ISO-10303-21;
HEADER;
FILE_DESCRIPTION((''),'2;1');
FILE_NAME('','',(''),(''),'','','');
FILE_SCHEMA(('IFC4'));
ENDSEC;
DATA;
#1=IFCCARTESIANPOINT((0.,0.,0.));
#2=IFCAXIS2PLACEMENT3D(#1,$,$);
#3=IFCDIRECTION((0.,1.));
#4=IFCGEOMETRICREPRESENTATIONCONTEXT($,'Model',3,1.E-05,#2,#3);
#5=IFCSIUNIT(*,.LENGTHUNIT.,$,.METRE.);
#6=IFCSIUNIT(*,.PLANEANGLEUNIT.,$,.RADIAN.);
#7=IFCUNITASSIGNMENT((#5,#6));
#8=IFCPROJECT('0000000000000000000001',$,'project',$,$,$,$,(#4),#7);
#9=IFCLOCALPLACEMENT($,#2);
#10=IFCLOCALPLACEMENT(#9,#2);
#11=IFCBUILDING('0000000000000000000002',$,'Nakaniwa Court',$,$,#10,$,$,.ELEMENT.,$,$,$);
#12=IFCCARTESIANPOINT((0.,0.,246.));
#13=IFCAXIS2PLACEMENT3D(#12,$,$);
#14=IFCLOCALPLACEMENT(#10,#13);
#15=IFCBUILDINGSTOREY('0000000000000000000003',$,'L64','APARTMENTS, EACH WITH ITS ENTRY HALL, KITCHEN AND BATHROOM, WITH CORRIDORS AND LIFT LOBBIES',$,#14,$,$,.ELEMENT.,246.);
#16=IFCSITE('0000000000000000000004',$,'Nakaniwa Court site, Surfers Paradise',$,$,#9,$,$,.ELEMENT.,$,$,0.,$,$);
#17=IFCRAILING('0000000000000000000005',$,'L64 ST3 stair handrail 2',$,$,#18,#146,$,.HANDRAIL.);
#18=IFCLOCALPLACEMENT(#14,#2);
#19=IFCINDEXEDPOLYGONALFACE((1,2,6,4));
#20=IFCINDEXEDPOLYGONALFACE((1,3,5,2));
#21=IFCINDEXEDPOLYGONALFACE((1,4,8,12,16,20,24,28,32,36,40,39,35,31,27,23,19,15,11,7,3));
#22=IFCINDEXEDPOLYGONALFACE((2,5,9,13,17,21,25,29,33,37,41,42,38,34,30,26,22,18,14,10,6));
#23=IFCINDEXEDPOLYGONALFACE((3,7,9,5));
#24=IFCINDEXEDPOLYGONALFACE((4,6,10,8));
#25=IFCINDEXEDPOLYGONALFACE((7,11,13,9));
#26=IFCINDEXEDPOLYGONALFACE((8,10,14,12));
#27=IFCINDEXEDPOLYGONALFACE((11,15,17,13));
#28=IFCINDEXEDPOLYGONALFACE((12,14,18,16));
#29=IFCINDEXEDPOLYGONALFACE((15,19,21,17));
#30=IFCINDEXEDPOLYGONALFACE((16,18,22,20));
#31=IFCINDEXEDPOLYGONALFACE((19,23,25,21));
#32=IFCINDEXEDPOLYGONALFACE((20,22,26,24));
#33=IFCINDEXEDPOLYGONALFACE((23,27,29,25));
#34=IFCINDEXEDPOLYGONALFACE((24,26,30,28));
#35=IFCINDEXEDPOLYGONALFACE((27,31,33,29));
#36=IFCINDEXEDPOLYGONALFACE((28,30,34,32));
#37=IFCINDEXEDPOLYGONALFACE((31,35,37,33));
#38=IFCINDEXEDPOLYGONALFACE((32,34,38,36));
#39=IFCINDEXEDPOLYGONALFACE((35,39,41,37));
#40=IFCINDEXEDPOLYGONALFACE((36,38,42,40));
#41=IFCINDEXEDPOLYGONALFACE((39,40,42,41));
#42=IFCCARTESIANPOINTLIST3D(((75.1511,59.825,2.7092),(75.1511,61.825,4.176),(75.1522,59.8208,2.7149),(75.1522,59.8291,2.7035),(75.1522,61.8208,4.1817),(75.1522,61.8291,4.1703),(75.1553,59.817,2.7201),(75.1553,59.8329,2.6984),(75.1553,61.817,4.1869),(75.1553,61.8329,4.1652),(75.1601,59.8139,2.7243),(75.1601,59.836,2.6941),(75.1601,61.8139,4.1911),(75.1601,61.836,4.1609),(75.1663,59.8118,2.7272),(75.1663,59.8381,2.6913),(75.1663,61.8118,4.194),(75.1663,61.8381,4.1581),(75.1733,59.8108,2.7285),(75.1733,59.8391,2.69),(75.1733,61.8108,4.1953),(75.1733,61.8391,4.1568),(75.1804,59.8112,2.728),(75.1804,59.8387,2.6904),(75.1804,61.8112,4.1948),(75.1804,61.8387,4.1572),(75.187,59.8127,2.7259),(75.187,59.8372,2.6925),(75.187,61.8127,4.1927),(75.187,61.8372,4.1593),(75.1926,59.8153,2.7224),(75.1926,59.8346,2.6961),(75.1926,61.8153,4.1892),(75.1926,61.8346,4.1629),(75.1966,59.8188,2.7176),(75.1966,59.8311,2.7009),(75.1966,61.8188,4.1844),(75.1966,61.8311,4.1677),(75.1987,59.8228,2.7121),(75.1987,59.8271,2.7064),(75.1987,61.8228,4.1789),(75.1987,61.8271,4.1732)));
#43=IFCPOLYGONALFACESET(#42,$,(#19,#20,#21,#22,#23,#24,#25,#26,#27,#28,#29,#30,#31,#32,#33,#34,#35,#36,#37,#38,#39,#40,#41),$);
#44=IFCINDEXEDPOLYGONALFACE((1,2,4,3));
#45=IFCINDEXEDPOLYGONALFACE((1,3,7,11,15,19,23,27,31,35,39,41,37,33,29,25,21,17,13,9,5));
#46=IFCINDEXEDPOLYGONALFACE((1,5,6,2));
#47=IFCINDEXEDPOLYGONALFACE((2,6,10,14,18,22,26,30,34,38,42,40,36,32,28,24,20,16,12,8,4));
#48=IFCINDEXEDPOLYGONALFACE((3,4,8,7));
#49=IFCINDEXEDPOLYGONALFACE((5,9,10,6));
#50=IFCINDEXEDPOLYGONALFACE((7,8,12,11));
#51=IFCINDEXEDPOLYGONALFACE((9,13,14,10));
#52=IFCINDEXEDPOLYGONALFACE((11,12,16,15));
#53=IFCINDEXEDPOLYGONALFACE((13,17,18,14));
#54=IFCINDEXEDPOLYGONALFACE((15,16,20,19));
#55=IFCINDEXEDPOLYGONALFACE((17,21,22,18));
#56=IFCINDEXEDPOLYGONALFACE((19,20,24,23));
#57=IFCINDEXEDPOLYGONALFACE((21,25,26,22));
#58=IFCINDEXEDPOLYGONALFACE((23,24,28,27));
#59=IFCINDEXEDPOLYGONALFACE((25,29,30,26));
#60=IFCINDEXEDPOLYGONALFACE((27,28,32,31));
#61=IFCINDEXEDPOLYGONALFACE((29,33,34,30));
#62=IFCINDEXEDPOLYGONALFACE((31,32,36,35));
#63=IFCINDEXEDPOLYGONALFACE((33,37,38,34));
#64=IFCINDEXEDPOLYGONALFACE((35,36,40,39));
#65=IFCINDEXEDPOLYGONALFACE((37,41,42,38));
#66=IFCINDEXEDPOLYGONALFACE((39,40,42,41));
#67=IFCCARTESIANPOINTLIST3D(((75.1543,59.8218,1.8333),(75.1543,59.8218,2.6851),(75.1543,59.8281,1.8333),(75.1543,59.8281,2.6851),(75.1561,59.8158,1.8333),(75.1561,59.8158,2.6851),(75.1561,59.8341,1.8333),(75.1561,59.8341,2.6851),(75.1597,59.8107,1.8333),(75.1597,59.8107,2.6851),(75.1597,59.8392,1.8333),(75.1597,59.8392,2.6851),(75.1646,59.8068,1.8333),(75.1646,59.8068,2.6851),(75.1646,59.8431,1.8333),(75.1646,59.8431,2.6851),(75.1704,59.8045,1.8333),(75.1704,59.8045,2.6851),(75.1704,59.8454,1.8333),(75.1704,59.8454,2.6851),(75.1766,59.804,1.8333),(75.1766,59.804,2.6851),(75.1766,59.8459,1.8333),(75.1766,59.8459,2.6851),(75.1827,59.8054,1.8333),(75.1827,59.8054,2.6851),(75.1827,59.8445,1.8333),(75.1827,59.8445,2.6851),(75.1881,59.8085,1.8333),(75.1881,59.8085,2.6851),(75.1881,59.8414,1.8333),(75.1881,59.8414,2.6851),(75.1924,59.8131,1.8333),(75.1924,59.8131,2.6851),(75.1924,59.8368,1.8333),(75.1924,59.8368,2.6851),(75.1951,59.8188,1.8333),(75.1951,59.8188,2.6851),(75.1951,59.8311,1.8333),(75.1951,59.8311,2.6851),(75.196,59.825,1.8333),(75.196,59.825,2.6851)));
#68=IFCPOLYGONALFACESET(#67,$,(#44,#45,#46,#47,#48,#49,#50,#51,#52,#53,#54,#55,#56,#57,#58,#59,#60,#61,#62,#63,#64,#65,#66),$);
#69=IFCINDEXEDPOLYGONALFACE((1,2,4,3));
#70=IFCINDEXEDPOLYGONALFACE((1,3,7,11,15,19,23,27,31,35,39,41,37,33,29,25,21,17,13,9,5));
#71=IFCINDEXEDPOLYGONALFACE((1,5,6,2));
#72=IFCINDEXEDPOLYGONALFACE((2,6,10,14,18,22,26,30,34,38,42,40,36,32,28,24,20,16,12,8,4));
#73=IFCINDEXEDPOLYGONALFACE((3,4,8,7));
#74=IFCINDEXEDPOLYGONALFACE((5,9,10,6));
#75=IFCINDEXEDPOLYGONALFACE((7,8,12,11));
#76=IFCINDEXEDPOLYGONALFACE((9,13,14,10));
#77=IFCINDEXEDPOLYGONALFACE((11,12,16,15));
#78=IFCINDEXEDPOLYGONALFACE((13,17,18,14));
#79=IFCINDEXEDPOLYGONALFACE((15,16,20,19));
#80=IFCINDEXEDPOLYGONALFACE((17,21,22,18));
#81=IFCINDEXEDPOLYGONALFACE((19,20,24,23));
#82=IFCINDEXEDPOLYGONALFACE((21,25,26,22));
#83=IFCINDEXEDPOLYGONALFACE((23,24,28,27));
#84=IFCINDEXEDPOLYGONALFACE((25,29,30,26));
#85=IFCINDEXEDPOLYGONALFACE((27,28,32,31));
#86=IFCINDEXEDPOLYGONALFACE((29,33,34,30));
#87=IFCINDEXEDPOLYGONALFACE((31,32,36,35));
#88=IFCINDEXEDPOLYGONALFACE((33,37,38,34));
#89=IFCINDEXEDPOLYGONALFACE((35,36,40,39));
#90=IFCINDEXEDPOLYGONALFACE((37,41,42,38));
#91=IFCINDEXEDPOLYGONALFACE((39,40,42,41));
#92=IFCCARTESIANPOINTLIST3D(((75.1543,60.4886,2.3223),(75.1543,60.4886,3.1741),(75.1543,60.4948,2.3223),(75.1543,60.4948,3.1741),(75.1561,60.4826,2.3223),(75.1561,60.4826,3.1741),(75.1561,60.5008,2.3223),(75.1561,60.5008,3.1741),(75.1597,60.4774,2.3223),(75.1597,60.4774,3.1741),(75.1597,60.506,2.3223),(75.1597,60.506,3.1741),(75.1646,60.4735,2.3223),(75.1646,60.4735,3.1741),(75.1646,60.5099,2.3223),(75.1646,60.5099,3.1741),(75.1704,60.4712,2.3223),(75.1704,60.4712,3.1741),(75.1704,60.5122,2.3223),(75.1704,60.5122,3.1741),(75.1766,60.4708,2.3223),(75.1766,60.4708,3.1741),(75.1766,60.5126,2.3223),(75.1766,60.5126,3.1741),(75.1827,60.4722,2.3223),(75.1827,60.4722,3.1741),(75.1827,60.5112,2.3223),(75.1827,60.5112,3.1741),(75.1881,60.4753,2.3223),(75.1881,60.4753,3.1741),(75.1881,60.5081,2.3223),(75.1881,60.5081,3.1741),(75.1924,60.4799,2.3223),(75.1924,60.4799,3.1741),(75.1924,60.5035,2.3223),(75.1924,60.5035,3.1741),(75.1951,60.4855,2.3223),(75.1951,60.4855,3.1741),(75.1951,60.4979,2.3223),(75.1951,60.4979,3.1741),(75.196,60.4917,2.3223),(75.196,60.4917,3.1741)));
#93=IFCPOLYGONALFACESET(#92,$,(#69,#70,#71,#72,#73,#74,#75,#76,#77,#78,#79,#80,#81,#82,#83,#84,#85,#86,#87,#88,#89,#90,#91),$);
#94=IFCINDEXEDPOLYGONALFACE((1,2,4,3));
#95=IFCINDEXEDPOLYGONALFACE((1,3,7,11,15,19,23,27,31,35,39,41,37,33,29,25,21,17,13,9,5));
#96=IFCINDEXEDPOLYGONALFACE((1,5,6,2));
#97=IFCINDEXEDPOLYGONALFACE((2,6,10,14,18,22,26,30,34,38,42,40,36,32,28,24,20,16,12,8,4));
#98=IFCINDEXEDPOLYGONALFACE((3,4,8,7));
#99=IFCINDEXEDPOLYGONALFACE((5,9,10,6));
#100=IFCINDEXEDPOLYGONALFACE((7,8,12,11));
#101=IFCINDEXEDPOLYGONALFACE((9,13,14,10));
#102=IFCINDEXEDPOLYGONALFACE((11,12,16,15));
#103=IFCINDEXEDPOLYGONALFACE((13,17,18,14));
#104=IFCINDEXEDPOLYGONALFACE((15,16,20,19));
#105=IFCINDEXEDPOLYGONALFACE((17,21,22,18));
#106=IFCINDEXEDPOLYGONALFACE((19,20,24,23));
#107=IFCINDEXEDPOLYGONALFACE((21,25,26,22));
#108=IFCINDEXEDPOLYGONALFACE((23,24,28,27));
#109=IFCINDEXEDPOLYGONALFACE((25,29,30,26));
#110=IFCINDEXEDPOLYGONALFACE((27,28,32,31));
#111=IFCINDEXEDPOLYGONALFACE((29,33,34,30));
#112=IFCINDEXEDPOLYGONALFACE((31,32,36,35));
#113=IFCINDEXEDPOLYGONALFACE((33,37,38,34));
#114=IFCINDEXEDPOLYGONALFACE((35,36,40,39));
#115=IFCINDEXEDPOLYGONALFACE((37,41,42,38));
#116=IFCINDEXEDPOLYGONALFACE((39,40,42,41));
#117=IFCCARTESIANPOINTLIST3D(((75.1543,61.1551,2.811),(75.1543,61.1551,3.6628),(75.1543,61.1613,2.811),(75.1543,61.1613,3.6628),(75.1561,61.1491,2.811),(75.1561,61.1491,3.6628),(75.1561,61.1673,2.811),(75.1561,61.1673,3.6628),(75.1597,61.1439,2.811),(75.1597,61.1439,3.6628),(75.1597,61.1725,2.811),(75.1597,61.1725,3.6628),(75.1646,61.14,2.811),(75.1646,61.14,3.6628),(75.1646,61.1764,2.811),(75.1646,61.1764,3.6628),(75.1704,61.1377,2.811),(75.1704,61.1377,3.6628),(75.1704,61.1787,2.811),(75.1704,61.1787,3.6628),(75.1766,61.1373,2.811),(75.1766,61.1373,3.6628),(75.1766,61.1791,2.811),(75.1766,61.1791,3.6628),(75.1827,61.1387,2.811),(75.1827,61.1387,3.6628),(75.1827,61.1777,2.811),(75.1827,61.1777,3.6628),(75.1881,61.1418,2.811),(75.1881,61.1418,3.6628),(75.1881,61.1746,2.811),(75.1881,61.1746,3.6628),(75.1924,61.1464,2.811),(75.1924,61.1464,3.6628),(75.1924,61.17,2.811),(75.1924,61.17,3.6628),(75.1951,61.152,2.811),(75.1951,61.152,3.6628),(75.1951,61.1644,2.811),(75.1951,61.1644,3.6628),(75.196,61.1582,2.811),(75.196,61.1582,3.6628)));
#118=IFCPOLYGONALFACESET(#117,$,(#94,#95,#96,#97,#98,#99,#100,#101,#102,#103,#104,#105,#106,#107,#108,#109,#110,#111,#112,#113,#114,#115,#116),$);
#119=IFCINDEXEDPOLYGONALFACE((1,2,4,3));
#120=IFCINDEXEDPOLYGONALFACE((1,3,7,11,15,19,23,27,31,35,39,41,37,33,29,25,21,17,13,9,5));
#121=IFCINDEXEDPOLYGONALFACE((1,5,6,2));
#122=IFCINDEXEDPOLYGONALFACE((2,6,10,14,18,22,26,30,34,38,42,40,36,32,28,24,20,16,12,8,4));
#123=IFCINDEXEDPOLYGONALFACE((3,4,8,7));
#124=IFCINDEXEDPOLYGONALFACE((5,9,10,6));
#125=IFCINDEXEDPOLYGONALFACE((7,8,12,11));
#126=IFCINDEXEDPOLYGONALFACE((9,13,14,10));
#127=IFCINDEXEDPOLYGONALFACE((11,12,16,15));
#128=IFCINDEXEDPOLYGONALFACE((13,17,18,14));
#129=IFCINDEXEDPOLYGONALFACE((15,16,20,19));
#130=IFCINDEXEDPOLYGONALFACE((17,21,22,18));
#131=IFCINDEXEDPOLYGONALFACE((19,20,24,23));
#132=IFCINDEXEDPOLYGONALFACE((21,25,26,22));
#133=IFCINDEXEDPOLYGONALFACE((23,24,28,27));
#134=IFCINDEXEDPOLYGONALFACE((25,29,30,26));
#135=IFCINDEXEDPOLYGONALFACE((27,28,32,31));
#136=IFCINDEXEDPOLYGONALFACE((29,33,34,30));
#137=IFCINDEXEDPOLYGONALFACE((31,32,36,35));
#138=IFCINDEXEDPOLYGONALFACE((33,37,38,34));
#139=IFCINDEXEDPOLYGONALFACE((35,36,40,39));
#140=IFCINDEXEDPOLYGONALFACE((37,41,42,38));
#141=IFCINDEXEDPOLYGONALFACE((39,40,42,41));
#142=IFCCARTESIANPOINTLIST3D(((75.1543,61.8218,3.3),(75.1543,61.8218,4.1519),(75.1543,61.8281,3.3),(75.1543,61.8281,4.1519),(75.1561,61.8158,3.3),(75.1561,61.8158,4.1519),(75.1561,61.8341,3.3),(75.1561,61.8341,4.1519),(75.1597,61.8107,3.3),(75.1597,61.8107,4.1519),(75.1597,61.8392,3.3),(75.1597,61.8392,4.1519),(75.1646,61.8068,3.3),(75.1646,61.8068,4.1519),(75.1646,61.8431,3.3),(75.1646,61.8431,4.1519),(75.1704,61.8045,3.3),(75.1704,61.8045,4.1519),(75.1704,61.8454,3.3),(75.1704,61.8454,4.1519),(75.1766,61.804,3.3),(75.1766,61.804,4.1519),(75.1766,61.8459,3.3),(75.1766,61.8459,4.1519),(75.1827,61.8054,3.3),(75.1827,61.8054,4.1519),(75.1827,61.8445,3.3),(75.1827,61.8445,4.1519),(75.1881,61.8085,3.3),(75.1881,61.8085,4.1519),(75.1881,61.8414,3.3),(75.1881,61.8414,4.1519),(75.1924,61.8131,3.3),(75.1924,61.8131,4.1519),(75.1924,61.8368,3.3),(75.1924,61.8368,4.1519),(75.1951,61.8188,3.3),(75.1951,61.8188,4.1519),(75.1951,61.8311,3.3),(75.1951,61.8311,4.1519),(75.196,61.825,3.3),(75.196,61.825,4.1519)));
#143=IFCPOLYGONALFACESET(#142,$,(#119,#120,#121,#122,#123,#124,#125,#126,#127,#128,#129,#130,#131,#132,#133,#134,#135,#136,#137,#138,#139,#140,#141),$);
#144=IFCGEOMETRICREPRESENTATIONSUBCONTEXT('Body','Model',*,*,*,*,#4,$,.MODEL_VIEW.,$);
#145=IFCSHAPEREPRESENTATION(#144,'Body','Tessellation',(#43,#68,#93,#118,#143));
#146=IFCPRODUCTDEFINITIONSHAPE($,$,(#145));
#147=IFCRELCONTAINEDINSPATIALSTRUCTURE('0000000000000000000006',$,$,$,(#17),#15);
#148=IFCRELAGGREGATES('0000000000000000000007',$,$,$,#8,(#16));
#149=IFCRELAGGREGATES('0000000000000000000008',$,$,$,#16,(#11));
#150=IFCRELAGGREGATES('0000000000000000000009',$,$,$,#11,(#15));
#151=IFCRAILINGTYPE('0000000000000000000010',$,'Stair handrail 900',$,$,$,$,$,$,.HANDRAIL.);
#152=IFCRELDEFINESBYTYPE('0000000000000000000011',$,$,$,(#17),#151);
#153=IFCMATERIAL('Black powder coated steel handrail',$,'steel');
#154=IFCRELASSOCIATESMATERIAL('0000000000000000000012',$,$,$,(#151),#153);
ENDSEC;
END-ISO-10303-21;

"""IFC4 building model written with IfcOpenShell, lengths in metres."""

from ifc_helpers import new_model, si_unit, direction, frame, origin, origin_2d, place, context, subcontext, project, spatial, circle, extrude, material, type_object, element, save


model = new_model("IFC4")

# Units and contexts
model_context = context("Model", 3, precision=1e-05, world=origin(), true_north=direction((0.0, 1.0)))
body_context = subcontext(model_context, "Body", "Model", "MODEL_VIEW")
ifc_project = project(units=[si_unit("LENGTHUNIT", "METRE"), si_unit("PLANEANGLEUNIT", "RADIAN")], contexts=[model_context])

# Site, building, storey
site_placement = place(None, origin())
site = spatial("IfcSite", under=ifc_project, at=site_placement, Name="Nakaniwa Court site, Surfers Paradise", CompositionType="ELEMENT", RefElevation=0.0)
building_placement = place(site_placement, origin())
building = spatial("IfcBuilding", under=site, at=building_placement, Name="Nakaniwa Court", CompositionType="ELEMENT")
storey_placement = place(building_placement, frame((0.0, 0.0, 246.0)))
storey = spatial("IfcBuildingStorey", under=building, at=storey_placement, Name="L64", Description="APARTMENTS, EACH WITH ITS ENTRY HALL, KITCHEN AND BATHROOM, WITH CORRIDORS AND LIFT LOBBIES", CompositionType="ELEMENT", Elevation=246.0)

# Railing
ifc_material_1 = material(Name="Black powder coated steel handrail", Category="steel")
railing_type_1 = type_object("IfcRailingType", Name="Stair handrail 900", PredefinedType="HANDRAIL", material=ifc_material_1)
railing_1_placement = place(storey_placement, frame((75.175, 59.825, 1.8333)))
element("IfcRailing", 1, at=railing_1_placement, inside=storey, type_object=railing_type_1, Name="L64 ST3 stair handrail 2", PredefinedType="HANDRAIL", context=body_context, shape_type="SweptSolid", body=[
    extrude(circle(Radius=0.0239, at=origin_2d()), frame((0.0, 0.0, 0.876), z_axis=(0.0, 0.80638, 0.591398), x_axis=(-1.0, 0.0, 0.0)), (0.0, 0.0, 1.0), 2.4802),
    extrude(circle(Radius=0.021, at=origin_2d()), origin(), (0.0, 0.0, 1.0), 0.8518),
    extrude(circle(Radius=0.021, at=origin_2d()), frame((0.0, 0.6667, 0.489)), (0.0, 0.0, 1.0), 0.8518),
    extrude(circle(Radius=0.021, at=origin_2d()), frame((0.0, 1.3333, 0.9778)), (0.0, 0.0, 1.0), 0.8518),
    extrude(circle(Radius=0.021, at=origin_2d()), frame((0.0, 2.0, 1.4668)), (0.0, 0.0, 1.0), 0.8518),
])

save(model, "model.ifc")
